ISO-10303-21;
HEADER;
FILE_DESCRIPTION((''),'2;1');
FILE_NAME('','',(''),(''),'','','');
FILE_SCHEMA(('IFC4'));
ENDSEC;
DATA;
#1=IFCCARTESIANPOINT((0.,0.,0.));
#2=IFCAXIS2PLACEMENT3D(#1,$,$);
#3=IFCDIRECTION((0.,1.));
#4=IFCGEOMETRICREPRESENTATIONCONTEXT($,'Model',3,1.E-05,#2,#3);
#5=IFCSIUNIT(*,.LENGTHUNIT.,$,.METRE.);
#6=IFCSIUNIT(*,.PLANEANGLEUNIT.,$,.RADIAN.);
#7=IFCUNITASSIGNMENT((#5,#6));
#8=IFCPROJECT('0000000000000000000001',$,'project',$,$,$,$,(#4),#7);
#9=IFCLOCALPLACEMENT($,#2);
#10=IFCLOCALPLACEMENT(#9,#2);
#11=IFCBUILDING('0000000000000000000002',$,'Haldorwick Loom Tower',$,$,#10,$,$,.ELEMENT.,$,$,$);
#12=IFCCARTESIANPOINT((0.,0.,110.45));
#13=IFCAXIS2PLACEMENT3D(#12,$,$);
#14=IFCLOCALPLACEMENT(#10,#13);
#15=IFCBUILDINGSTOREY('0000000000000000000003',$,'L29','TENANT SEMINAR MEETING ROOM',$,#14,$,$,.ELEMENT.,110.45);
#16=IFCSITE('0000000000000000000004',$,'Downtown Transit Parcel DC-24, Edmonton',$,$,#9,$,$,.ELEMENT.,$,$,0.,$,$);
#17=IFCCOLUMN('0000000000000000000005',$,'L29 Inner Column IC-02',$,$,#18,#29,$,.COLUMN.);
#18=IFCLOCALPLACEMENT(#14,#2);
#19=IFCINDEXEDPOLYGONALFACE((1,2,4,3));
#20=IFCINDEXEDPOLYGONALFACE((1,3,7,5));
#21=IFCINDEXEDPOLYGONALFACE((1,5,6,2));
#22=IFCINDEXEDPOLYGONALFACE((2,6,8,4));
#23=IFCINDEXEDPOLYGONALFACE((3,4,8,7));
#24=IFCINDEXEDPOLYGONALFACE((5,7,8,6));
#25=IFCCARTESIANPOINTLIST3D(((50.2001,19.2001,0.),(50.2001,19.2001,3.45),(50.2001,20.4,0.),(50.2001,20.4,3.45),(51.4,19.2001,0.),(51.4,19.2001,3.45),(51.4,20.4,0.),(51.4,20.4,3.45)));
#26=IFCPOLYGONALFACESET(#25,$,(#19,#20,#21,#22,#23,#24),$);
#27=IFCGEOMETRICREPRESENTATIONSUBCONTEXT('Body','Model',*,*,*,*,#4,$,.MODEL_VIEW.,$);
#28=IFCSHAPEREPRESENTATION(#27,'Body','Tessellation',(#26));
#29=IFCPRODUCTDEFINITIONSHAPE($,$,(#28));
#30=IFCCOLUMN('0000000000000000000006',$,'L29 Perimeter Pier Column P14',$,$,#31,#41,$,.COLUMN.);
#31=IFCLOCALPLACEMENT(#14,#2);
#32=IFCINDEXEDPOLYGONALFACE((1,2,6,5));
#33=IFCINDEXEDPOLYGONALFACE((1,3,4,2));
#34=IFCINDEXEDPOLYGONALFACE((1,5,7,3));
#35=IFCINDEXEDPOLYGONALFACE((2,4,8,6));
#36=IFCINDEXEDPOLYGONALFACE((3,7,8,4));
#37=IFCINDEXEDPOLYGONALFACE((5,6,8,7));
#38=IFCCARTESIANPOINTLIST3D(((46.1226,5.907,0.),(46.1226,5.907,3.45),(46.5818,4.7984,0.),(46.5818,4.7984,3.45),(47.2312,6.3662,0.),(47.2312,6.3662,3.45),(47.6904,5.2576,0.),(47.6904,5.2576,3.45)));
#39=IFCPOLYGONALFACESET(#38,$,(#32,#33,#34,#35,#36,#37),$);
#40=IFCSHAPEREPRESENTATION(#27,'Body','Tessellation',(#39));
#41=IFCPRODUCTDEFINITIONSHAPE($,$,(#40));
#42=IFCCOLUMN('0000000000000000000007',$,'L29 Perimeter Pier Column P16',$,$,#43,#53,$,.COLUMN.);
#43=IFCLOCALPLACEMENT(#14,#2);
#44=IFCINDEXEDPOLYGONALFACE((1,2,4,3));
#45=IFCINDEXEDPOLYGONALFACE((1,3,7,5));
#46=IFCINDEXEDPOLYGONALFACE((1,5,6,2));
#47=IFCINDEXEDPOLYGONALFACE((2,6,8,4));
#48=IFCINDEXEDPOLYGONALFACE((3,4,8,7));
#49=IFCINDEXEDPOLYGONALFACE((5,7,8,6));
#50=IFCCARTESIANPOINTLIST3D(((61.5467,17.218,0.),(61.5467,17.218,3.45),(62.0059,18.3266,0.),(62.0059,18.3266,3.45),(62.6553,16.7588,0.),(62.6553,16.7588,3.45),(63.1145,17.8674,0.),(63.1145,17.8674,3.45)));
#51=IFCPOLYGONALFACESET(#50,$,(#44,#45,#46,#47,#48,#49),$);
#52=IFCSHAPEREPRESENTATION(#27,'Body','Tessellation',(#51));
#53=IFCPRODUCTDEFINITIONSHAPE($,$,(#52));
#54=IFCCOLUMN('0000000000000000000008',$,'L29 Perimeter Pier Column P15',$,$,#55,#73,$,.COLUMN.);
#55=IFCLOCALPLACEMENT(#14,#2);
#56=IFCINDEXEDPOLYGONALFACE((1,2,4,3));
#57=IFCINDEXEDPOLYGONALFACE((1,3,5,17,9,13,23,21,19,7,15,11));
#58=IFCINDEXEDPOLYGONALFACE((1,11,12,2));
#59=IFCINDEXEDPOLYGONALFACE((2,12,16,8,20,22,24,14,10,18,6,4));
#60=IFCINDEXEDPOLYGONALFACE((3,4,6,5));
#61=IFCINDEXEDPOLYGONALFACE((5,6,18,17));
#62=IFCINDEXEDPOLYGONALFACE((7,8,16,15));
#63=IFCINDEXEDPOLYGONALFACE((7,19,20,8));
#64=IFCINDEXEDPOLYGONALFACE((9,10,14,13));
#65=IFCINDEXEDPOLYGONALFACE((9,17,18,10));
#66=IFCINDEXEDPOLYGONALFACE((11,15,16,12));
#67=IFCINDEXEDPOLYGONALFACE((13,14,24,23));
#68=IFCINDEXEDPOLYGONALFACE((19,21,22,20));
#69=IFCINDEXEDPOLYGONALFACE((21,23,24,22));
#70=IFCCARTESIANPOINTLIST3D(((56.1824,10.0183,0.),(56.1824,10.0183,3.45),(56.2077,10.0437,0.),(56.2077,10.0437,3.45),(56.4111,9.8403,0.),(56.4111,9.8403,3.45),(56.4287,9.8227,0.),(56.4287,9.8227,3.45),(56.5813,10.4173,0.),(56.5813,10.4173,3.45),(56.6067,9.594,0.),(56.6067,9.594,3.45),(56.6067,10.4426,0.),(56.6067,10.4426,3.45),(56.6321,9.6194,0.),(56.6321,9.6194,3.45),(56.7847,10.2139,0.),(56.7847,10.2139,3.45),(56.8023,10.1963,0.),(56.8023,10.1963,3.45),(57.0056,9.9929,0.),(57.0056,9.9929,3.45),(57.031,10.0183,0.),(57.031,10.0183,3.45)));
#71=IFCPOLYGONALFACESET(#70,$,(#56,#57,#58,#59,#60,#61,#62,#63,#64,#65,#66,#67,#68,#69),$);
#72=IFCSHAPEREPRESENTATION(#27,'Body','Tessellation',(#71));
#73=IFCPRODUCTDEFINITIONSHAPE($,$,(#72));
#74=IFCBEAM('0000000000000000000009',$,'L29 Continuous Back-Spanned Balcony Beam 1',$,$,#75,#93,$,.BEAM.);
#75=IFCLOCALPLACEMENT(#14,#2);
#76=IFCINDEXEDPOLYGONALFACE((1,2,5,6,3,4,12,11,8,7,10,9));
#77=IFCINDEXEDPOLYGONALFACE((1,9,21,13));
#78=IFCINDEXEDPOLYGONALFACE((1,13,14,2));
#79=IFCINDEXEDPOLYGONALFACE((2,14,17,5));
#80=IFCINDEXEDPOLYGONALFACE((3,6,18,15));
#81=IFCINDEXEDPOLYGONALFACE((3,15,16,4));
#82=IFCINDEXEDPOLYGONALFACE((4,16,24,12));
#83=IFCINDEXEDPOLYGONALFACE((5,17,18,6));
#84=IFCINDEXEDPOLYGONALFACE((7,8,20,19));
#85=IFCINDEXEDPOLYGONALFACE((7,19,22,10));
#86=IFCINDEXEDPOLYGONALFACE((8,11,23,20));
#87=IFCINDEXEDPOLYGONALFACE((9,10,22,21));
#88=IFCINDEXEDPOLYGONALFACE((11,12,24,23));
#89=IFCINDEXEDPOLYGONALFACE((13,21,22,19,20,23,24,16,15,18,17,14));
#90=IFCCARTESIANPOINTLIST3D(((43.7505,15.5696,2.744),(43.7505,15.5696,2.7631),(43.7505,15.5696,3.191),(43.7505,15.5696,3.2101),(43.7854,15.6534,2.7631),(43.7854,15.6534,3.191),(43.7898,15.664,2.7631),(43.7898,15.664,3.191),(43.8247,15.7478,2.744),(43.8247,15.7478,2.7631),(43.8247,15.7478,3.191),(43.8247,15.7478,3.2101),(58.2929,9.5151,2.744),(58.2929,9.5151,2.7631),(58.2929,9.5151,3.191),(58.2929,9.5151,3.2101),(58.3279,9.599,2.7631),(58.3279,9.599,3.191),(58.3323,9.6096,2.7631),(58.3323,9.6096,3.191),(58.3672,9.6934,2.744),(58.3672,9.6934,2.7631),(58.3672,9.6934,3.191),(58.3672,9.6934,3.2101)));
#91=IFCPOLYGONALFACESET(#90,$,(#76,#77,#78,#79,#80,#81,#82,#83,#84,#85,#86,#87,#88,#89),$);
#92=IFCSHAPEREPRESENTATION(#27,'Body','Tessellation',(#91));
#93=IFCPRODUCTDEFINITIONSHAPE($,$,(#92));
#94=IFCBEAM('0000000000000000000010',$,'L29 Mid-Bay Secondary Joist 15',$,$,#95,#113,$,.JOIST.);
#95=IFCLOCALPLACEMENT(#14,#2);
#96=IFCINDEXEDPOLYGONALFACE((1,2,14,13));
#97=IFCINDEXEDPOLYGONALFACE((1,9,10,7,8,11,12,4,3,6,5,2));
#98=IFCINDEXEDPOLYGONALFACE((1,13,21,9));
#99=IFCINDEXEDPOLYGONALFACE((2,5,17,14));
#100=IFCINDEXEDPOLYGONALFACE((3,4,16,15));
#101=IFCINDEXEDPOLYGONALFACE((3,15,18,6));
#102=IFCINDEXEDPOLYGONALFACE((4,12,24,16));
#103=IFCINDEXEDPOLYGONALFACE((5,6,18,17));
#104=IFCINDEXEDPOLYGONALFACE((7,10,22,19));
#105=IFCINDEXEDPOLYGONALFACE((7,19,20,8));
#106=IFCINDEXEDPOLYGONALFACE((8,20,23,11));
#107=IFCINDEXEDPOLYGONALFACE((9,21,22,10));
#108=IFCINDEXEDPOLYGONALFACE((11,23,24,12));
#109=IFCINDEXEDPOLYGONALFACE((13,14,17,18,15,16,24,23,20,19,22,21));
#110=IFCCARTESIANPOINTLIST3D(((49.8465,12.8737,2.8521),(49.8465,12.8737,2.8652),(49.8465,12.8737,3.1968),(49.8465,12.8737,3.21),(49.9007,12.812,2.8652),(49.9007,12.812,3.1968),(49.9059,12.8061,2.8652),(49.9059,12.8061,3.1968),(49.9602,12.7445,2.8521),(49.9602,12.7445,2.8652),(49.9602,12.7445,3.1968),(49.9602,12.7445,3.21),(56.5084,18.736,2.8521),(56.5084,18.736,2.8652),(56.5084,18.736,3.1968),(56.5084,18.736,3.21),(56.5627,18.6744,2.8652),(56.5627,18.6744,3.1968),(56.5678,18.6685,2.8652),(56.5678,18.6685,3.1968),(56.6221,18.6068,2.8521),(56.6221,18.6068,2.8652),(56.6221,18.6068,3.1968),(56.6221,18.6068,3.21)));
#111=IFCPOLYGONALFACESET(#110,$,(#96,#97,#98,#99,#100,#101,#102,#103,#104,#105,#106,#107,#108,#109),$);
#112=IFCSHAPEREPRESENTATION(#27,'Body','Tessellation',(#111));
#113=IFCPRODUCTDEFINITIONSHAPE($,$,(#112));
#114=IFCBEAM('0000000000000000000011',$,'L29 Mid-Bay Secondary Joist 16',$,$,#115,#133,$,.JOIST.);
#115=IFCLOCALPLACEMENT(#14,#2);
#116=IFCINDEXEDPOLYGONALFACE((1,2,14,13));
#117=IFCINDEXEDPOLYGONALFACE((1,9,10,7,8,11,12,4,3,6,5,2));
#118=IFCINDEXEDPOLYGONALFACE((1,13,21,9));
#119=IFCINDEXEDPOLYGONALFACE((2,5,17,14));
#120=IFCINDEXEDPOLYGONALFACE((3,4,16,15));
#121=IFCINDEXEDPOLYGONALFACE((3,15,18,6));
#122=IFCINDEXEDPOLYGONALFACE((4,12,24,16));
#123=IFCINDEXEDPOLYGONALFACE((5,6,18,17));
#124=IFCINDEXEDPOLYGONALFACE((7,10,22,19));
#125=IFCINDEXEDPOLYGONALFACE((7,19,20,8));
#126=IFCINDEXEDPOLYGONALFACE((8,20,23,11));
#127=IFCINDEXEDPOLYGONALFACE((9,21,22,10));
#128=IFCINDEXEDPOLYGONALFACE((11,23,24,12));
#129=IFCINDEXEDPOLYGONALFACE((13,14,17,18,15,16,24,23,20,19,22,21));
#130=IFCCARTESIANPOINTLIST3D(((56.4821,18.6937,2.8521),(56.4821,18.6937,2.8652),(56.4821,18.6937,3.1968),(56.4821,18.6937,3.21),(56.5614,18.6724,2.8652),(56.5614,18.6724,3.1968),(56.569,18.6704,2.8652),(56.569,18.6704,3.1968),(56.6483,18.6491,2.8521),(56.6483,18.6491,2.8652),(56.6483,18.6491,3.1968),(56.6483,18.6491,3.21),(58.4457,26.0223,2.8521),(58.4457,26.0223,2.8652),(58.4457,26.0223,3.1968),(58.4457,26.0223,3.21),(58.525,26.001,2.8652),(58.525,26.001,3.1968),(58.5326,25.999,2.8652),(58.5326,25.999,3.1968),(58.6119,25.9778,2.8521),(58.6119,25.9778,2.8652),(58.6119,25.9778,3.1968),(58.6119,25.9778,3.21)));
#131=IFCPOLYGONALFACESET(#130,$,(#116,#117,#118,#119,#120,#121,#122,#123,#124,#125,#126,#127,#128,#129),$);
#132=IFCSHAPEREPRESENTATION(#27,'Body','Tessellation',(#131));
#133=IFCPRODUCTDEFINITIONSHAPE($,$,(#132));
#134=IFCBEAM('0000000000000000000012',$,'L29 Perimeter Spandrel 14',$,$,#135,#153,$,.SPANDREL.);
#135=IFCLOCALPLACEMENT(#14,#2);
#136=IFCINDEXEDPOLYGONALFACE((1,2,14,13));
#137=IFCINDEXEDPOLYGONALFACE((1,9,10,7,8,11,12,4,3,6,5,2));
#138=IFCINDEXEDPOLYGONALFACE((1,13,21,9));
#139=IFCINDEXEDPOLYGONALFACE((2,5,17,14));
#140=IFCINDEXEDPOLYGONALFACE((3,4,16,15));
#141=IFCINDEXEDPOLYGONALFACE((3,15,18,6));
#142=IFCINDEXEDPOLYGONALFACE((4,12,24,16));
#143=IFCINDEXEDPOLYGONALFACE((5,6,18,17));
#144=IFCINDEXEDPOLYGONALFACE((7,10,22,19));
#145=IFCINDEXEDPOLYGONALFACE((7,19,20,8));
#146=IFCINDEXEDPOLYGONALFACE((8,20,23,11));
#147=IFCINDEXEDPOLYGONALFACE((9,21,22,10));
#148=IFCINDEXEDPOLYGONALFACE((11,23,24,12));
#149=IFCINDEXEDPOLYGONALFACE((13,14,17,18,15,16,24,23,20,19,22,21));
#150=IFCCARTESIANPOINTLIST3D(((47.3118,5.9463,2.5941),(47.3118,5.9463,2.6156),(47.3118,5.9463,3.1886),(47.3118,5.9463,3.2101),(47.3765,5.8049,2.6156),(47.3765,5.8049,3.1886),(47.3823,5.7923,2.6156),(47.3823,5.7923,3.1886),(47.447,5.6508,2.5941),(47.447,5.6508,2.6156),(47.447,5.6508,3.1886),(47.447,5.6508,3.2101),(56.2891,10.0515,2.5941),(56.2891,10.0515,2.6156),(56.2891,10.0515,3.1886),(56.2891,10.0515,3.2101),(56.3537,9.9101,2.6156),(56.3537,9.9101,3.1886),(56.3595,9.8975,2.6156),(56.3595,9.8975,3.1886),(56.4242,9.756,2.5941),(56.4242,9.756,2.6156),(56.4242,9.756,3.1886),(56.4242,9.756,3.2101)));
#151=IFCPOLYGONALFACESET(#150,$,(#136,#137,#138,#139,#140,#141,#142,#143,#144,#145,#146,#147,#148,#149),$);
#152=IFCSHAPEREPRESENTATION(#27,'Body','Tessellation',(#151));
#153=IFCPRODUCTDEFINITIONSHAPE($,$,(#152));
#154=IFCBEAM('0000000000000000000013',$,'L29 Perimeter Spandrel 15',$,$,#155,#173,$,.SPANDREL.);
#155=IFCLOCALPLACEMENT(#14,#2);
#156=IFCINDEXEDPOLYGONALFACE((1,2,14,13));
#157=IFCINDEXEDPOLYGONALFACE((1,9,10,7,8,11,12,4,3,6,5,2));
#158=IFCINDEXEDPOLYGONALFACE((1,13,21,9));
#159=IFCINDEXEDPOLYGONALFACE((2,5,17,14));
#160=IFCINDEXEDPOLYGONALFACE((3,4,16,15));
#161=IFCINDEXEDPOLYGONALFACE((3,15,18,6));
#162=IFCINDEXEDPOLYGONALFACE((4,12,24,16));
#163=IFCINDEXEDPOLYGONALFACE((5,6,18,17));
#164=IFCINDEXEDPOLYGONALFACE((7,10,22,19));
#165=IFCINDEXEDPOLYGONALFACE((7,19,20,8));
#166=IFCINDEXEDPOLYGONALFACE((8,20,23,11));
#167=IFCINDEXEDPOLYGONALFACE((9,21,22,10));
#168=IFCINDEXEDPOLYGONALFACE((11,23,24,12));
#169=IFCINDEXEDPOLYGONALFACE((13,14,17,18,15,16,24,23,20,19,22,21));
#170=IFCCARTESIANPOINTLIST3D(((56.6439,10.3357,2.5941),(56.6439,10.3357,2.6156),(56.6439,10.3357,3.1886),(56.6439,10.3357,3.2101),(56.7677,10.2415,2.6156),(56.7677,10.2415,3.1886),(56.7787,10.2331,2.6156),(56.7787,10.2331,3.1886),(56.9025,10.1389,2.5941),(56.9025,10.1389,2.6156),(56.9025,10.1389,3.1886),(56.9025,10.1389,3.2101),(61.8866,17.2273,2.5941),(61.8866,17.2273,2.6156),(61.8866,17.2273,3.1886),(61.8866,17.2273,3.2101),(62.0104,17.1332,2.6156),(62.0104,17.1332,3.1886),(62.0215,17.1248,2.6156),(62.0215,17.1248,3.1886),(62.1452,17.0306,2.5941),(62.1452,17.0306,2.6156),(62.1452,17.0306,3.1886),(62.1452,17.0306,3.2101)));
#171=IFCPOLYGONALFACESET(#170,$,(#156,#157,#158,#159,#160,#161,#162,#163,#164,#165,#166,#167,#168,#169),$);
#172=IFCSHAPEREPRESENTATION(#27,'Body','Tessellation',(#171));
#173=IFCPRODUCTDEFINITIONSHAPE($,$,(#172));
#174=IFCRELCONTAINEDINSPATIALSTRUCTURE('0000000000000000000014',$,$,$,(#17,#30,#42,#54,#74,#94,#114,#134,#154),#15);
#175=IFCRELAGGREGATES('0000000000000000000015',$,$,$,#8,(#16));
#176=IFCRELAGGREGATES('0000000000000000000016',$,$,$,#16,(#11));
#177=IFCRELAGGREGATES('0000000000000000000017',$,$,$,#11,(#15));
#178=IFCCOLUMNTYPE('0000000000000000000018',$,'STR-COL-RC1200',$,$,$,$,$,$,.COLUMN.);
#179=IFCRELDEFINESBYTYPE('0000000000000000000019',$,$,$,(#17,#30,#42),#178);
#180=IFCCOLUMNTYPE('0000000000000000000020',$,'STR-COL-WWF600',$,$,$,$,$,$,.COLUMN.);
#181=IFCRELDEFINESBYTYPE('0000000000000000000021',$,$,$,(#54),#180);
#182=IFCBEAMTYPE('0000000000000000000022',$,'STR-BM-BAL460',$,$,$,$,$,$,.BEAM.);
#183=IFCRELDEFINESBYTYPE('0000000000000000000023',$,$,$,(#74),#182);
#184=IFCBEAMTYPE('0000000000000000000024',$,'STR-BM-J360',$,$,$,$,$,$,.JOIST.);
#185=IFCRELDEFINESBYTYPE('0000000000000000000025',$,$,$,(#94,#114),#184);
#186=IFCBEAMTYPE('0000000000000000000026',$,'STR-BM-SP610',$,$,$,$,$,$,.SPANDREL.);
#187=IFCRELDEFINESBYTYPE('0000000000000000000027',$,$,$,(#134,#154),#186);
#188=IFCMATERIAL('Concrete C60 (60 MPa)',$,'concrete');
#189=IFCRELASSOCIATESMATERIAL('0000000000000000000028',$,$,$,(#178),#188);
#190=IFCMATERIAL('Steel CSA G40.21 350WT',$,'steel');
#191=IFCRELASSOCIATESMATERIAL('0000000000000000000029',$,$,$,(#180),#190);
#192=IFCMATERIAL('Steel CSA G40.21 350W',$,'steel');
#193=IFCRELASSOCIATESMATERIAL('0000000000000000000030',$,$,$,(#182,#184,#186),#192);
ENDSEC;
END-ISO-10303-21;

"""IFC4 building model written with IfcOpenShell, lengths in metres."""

from ifc_helpers import new_model, si_unit, direction, frame, origin, origin_2d, place, context, subcontext, project, spatial, rectangle, i_section, extrude, material, material_profile, profile_set, type_object, element, save


model = new_model("IFC4")

# Units and contexts
model_context = context("Model", 3, precision=1e-05, world=origin(), true_north=direction((0.0, 1.0)))
body_context = subcontext(model_context, "Body", "Model", "MODEL_VIEW")
ifc_project = project(units=[si_unit("LENGTHUNIT", "METRE"), si_unit("PLANEANGLEUNIT", "RADIAN")], contexts=[model_context])

# Site, building, storey
site_placement = place(None, origin())
site = spatial("IfcSite", under=ifc_project, at=site_placement, Name="Downtown Transit Parcel DC-24, Edmonton", CompositionType="ELEMENT", RefElevation=0.0)
building_placement = place(site_placement, origin())
building = spatial("IfcBuilding", under=site, at=building_placement, Name="Haldorwick Loom Tower", CompositionType="ELEMENT")
storey_placement = place(building_placement, frame((0.0, 0.0, 110.45)))
storey = spatial("IfcBuildingStorey", under=building, at=storey_placement, Name="L29", Description="TENANT SEMINAR MEETING ROOM", CompositionType="ELEMENT", Elevation=110.45)

# Columns
ifc_material_1 = material(Name="Concrete C60 (60 MPa)", Category="concrete")
ifc_material_profile_1 = material_profile(ifc_material_1, rectangle(XDim=1.2, YDim=1.2, at=origin_2d()), Name="RC1200X1200", Category="concrete")
ifc_profile_set_1 = profile_set([ifc_material_profile_1], Name="Concrete C60 (60 MPa)")
column_type_1 = type_object("IfcColumnType", Name="STR-COL-RC1200", PredefinedType="COLUMN", material=ifc_profile_set_1)
for number, where, z_axis, x_axis, name in (
    (1, (50.8, 19.8, 0.0), (0.0, 0.0, 1.0), (1.0, 0.0, 0.0), "L29 Inner Column IC-02"),
    (2, (46.9065, 5.5823, 0.0), (0.0, 0.0, 1.0), (0.382683, -0.92388, 0.0), "L29 Perimeter Pier Column P14"),
    (3, (62.3306, 17.5427, 0.0), (0.0, 0.0, 1.0), (0.92388, -0.382683, 0.0), "L29 Perimeter Pier Column P16"),
):
    element("IfcColumn", number, at=place(storey_placement, frame(where, z_axis=z_axis, x_axis=x_axis)), inside=storey, type_object=column_type_1, Name=name, PredefinedType="COLUMN", context=body_context, shape_type="SweptSolid", body=[
        extrude(rectangle(XDim=1.2, YDim=1.2, at=origin_2d()), origin(), (0.0, 0.0, 1.0), 3.45),
    ])
ifc_material_2 = material(Name="Steel CSA G40.21 350WT", Category="steel")
ifc_material_profile_2 = material_profile(ifc_material_2, i_section(OverallWidth=0.6001, OverallDepth=0.6001, WebThickness=0.0249, FlangeThickness=0.0359, at=origin_2d()), Name="WWF600X600", Category="steel")
ifc_profile_set_2 = profile_set([ifc_material_profile_2], Name="Steel CSA G40.21 350WT")
column_type_2 = type_object("IfcColumnType", Name="STR-COL-WWF600", PredefinedType="COLUMN", material=ifc_profile_set_2)
column_placement = place(storey_placement, frame((56.6067, 10.0183, 0.0), z_axis=(0.0, 0.0, 1.0), x_axis=(0.707107, -0.707107, 0.0)))
element("IfcColumn", 4, at=column_placement, inside=storey, type_object=column_type_2, Name="L29 Perimeter Pier Column P15", PredefinedType="COLUMN", context=body_context, shape_type="SweptSolid", body=[
    extrude(i_section(OverallWidth=0.6001, OverallDepth=0.6001, WebThickness=0.0249, FlangeThickness=0.0359, at=origin_2d()), origin(), (0.0, 0.0, 1.0), 3.45),
])

# Beams
ifc_material_3 = material(Name="Steel CSA G40.21 350W", Category="steel")
ifc_material_profile_3 = material_profile(ifc_material_3, i_section(OverallWidth=0.1931, OverallDepth=0.4661, WebThickness=0.0115, FlangeThickness=0.019, at=origin_2d()), Name="W460X97", Category="steel")
ifc_profile_set_3 = profile_set([ifc_material_profile_3], Name="Steel CSA G40.21 350W")
beam_type_1 = type_object("IfcBeamType", Name="STR-BM-BAL460", PredefinedType="BEAM", material=ifc_profile_set_3)
beam_1_placement = place(storey_placement, frame((43.7876, 15.6587, 2.9771), z_axis=(0.923188, -0.384349, 0.0), x_axis=(0.384349, 0.923188, 0.0)))
element("IfcBeam", 5, at=beam_1_placement, inside=storey, type_object=beam_type_1, Name="L29 Continuous Back-Spanned Balcony Beam 1", PredefinedType="BEAM", context=body_context, shape_type="SweptSolid", body=[
    extrude(i_section(OverallWidth=0.1931, OverallDepth=0.4661, WebThickness=0.0115, FlangeThickness=0.019, at=origin_2d()), origin(), (0.0, 0.0, 1.0), 15.7524),
])
ifc_material_profile_4 = material_profile(ifc_material_3, i_section(OverallWidth=0.1721, OverallDepth=0.3579, WebThickness=0.0078, FlangeThickness=0.0132, at=origin_2d()), Name="W360X57", Category="steel")
ifc_profile_set_4 = profile_set([ifc_material_profile_4], Name="Steel CSA G40.21 350W")
beam_type_2 = type_object("IfcBeamType", Name="STR-BM-J360", PredefinedType="JOIST", material=ifc_profile_set_4)
beam_2_placement = place(storey_placement, frame((49.9033, 12.8091, 3.031), z_axis=(0.750721, 0.660619, 0.0), x_axis=(-0.660619, 0.750721, 0.0)))
element("IfcBeam", 6, at=beam_2_placement, inside=storey, type_object=beam_type_2, Name="L29 Mid-Bay Secondary Joist 15", PredefinedType="JOIST", context=body_context, shape_type="SweptSolid", body=[
    extrude(i_section(OverallWidth=0.1721, OverallDepth=0.3579, WebThickness=0.0078, FlangeThickness=0.0132, at=origin_2d()), origin(), (0.0, 0.0, 1.0), 8.874),
])
beam_3_placement = place(storey_placement, frame((56.5652, 18.6714, 3.031), z_axis=(0.25881, 0.965928, 0.0), x_axis=(-0.965928, 0.25881, 0.0)))
element("IfcBeam", 7, at=beam_3_placement, inside=storey, type_object=beam_type_2, Name="L29 Mid-Bay Secondary Joist 16", PredefinedType="JOIST", context=body_context, shape_type="SweptSolid", body=[
    extrude(i_section(OverallWidth=0.1721, OverallDepth=0.3579, WebThickness=0.0078, FlangeThickness=0.0132, at=origin_2d()), origin(), (0.0, 0.0, 1.0), 7.5872),
])
ifc_material_profile_5 = material_profile(ifc_material_3, i_section(OverallWidth=0.325, OverallDepth=0.616, WebThickness=0.0139, FlangeThickness=0.0215, at=origin_2d()), Name="W610X174", Category="steel")
ifc_profile_set_5 = profile_set([ifc_material_profile_5], Name="Steel CSA G40.21 350W")
beam_type_3 = type_object("IfcBeamType", Name="STR-BM-SP610", PredefinedType="SPANDREL", material=ifc_profile_set_5)
beam_4_placement = place(storey_placement, frame((47.3794, 5.7986, 2.9021), z_axis=(0.909424, 0.41587, 0.0), x_axis=(-0.41587, 0.909424, 0.0)))
element("IfcBeam", 8, at=beam_4_placement, inside=storey, type_object=beam_type_3, Name="L29 Perimeter Spandrel 14", PredefinedType="SPANDREL", context=body_context, shape_type="SweptSolid", body=[
    extrude(i_section(OverallWidth=0.325, OverallDepth=0.616, WebThickness=0.0139, FlangeThickness=0.0215, at=origin_2d()), origin(), (0.0, 0.0, 1.0), 9.8713),
])
beam_5_placement = place(storey_placement, frame((56.7732, 10.2373, 2.9021), z_axis=(0.605454, 0.795881, 0.0), x_axis=(-0.795881, 0.605454, 0.0)))
element("IfcBeam", 9, at=beam_5_placement, inside=storey, type_object=beam_type_3, Name="L29 Perimeter Spandrel 15", PredefinedType="SPANDREL", context=body_context, shape_type="SweptSolid", body=[
    extrude(i_section(OverallWidth=0.325, OverallDepth=0.616, WebThickness=0.0139, FlangeThickness=0.0215, at=origin_2d()), origin(), (0.0, 0.0, 1.0), 8.6592),
])

save(model, "model.ifc")
